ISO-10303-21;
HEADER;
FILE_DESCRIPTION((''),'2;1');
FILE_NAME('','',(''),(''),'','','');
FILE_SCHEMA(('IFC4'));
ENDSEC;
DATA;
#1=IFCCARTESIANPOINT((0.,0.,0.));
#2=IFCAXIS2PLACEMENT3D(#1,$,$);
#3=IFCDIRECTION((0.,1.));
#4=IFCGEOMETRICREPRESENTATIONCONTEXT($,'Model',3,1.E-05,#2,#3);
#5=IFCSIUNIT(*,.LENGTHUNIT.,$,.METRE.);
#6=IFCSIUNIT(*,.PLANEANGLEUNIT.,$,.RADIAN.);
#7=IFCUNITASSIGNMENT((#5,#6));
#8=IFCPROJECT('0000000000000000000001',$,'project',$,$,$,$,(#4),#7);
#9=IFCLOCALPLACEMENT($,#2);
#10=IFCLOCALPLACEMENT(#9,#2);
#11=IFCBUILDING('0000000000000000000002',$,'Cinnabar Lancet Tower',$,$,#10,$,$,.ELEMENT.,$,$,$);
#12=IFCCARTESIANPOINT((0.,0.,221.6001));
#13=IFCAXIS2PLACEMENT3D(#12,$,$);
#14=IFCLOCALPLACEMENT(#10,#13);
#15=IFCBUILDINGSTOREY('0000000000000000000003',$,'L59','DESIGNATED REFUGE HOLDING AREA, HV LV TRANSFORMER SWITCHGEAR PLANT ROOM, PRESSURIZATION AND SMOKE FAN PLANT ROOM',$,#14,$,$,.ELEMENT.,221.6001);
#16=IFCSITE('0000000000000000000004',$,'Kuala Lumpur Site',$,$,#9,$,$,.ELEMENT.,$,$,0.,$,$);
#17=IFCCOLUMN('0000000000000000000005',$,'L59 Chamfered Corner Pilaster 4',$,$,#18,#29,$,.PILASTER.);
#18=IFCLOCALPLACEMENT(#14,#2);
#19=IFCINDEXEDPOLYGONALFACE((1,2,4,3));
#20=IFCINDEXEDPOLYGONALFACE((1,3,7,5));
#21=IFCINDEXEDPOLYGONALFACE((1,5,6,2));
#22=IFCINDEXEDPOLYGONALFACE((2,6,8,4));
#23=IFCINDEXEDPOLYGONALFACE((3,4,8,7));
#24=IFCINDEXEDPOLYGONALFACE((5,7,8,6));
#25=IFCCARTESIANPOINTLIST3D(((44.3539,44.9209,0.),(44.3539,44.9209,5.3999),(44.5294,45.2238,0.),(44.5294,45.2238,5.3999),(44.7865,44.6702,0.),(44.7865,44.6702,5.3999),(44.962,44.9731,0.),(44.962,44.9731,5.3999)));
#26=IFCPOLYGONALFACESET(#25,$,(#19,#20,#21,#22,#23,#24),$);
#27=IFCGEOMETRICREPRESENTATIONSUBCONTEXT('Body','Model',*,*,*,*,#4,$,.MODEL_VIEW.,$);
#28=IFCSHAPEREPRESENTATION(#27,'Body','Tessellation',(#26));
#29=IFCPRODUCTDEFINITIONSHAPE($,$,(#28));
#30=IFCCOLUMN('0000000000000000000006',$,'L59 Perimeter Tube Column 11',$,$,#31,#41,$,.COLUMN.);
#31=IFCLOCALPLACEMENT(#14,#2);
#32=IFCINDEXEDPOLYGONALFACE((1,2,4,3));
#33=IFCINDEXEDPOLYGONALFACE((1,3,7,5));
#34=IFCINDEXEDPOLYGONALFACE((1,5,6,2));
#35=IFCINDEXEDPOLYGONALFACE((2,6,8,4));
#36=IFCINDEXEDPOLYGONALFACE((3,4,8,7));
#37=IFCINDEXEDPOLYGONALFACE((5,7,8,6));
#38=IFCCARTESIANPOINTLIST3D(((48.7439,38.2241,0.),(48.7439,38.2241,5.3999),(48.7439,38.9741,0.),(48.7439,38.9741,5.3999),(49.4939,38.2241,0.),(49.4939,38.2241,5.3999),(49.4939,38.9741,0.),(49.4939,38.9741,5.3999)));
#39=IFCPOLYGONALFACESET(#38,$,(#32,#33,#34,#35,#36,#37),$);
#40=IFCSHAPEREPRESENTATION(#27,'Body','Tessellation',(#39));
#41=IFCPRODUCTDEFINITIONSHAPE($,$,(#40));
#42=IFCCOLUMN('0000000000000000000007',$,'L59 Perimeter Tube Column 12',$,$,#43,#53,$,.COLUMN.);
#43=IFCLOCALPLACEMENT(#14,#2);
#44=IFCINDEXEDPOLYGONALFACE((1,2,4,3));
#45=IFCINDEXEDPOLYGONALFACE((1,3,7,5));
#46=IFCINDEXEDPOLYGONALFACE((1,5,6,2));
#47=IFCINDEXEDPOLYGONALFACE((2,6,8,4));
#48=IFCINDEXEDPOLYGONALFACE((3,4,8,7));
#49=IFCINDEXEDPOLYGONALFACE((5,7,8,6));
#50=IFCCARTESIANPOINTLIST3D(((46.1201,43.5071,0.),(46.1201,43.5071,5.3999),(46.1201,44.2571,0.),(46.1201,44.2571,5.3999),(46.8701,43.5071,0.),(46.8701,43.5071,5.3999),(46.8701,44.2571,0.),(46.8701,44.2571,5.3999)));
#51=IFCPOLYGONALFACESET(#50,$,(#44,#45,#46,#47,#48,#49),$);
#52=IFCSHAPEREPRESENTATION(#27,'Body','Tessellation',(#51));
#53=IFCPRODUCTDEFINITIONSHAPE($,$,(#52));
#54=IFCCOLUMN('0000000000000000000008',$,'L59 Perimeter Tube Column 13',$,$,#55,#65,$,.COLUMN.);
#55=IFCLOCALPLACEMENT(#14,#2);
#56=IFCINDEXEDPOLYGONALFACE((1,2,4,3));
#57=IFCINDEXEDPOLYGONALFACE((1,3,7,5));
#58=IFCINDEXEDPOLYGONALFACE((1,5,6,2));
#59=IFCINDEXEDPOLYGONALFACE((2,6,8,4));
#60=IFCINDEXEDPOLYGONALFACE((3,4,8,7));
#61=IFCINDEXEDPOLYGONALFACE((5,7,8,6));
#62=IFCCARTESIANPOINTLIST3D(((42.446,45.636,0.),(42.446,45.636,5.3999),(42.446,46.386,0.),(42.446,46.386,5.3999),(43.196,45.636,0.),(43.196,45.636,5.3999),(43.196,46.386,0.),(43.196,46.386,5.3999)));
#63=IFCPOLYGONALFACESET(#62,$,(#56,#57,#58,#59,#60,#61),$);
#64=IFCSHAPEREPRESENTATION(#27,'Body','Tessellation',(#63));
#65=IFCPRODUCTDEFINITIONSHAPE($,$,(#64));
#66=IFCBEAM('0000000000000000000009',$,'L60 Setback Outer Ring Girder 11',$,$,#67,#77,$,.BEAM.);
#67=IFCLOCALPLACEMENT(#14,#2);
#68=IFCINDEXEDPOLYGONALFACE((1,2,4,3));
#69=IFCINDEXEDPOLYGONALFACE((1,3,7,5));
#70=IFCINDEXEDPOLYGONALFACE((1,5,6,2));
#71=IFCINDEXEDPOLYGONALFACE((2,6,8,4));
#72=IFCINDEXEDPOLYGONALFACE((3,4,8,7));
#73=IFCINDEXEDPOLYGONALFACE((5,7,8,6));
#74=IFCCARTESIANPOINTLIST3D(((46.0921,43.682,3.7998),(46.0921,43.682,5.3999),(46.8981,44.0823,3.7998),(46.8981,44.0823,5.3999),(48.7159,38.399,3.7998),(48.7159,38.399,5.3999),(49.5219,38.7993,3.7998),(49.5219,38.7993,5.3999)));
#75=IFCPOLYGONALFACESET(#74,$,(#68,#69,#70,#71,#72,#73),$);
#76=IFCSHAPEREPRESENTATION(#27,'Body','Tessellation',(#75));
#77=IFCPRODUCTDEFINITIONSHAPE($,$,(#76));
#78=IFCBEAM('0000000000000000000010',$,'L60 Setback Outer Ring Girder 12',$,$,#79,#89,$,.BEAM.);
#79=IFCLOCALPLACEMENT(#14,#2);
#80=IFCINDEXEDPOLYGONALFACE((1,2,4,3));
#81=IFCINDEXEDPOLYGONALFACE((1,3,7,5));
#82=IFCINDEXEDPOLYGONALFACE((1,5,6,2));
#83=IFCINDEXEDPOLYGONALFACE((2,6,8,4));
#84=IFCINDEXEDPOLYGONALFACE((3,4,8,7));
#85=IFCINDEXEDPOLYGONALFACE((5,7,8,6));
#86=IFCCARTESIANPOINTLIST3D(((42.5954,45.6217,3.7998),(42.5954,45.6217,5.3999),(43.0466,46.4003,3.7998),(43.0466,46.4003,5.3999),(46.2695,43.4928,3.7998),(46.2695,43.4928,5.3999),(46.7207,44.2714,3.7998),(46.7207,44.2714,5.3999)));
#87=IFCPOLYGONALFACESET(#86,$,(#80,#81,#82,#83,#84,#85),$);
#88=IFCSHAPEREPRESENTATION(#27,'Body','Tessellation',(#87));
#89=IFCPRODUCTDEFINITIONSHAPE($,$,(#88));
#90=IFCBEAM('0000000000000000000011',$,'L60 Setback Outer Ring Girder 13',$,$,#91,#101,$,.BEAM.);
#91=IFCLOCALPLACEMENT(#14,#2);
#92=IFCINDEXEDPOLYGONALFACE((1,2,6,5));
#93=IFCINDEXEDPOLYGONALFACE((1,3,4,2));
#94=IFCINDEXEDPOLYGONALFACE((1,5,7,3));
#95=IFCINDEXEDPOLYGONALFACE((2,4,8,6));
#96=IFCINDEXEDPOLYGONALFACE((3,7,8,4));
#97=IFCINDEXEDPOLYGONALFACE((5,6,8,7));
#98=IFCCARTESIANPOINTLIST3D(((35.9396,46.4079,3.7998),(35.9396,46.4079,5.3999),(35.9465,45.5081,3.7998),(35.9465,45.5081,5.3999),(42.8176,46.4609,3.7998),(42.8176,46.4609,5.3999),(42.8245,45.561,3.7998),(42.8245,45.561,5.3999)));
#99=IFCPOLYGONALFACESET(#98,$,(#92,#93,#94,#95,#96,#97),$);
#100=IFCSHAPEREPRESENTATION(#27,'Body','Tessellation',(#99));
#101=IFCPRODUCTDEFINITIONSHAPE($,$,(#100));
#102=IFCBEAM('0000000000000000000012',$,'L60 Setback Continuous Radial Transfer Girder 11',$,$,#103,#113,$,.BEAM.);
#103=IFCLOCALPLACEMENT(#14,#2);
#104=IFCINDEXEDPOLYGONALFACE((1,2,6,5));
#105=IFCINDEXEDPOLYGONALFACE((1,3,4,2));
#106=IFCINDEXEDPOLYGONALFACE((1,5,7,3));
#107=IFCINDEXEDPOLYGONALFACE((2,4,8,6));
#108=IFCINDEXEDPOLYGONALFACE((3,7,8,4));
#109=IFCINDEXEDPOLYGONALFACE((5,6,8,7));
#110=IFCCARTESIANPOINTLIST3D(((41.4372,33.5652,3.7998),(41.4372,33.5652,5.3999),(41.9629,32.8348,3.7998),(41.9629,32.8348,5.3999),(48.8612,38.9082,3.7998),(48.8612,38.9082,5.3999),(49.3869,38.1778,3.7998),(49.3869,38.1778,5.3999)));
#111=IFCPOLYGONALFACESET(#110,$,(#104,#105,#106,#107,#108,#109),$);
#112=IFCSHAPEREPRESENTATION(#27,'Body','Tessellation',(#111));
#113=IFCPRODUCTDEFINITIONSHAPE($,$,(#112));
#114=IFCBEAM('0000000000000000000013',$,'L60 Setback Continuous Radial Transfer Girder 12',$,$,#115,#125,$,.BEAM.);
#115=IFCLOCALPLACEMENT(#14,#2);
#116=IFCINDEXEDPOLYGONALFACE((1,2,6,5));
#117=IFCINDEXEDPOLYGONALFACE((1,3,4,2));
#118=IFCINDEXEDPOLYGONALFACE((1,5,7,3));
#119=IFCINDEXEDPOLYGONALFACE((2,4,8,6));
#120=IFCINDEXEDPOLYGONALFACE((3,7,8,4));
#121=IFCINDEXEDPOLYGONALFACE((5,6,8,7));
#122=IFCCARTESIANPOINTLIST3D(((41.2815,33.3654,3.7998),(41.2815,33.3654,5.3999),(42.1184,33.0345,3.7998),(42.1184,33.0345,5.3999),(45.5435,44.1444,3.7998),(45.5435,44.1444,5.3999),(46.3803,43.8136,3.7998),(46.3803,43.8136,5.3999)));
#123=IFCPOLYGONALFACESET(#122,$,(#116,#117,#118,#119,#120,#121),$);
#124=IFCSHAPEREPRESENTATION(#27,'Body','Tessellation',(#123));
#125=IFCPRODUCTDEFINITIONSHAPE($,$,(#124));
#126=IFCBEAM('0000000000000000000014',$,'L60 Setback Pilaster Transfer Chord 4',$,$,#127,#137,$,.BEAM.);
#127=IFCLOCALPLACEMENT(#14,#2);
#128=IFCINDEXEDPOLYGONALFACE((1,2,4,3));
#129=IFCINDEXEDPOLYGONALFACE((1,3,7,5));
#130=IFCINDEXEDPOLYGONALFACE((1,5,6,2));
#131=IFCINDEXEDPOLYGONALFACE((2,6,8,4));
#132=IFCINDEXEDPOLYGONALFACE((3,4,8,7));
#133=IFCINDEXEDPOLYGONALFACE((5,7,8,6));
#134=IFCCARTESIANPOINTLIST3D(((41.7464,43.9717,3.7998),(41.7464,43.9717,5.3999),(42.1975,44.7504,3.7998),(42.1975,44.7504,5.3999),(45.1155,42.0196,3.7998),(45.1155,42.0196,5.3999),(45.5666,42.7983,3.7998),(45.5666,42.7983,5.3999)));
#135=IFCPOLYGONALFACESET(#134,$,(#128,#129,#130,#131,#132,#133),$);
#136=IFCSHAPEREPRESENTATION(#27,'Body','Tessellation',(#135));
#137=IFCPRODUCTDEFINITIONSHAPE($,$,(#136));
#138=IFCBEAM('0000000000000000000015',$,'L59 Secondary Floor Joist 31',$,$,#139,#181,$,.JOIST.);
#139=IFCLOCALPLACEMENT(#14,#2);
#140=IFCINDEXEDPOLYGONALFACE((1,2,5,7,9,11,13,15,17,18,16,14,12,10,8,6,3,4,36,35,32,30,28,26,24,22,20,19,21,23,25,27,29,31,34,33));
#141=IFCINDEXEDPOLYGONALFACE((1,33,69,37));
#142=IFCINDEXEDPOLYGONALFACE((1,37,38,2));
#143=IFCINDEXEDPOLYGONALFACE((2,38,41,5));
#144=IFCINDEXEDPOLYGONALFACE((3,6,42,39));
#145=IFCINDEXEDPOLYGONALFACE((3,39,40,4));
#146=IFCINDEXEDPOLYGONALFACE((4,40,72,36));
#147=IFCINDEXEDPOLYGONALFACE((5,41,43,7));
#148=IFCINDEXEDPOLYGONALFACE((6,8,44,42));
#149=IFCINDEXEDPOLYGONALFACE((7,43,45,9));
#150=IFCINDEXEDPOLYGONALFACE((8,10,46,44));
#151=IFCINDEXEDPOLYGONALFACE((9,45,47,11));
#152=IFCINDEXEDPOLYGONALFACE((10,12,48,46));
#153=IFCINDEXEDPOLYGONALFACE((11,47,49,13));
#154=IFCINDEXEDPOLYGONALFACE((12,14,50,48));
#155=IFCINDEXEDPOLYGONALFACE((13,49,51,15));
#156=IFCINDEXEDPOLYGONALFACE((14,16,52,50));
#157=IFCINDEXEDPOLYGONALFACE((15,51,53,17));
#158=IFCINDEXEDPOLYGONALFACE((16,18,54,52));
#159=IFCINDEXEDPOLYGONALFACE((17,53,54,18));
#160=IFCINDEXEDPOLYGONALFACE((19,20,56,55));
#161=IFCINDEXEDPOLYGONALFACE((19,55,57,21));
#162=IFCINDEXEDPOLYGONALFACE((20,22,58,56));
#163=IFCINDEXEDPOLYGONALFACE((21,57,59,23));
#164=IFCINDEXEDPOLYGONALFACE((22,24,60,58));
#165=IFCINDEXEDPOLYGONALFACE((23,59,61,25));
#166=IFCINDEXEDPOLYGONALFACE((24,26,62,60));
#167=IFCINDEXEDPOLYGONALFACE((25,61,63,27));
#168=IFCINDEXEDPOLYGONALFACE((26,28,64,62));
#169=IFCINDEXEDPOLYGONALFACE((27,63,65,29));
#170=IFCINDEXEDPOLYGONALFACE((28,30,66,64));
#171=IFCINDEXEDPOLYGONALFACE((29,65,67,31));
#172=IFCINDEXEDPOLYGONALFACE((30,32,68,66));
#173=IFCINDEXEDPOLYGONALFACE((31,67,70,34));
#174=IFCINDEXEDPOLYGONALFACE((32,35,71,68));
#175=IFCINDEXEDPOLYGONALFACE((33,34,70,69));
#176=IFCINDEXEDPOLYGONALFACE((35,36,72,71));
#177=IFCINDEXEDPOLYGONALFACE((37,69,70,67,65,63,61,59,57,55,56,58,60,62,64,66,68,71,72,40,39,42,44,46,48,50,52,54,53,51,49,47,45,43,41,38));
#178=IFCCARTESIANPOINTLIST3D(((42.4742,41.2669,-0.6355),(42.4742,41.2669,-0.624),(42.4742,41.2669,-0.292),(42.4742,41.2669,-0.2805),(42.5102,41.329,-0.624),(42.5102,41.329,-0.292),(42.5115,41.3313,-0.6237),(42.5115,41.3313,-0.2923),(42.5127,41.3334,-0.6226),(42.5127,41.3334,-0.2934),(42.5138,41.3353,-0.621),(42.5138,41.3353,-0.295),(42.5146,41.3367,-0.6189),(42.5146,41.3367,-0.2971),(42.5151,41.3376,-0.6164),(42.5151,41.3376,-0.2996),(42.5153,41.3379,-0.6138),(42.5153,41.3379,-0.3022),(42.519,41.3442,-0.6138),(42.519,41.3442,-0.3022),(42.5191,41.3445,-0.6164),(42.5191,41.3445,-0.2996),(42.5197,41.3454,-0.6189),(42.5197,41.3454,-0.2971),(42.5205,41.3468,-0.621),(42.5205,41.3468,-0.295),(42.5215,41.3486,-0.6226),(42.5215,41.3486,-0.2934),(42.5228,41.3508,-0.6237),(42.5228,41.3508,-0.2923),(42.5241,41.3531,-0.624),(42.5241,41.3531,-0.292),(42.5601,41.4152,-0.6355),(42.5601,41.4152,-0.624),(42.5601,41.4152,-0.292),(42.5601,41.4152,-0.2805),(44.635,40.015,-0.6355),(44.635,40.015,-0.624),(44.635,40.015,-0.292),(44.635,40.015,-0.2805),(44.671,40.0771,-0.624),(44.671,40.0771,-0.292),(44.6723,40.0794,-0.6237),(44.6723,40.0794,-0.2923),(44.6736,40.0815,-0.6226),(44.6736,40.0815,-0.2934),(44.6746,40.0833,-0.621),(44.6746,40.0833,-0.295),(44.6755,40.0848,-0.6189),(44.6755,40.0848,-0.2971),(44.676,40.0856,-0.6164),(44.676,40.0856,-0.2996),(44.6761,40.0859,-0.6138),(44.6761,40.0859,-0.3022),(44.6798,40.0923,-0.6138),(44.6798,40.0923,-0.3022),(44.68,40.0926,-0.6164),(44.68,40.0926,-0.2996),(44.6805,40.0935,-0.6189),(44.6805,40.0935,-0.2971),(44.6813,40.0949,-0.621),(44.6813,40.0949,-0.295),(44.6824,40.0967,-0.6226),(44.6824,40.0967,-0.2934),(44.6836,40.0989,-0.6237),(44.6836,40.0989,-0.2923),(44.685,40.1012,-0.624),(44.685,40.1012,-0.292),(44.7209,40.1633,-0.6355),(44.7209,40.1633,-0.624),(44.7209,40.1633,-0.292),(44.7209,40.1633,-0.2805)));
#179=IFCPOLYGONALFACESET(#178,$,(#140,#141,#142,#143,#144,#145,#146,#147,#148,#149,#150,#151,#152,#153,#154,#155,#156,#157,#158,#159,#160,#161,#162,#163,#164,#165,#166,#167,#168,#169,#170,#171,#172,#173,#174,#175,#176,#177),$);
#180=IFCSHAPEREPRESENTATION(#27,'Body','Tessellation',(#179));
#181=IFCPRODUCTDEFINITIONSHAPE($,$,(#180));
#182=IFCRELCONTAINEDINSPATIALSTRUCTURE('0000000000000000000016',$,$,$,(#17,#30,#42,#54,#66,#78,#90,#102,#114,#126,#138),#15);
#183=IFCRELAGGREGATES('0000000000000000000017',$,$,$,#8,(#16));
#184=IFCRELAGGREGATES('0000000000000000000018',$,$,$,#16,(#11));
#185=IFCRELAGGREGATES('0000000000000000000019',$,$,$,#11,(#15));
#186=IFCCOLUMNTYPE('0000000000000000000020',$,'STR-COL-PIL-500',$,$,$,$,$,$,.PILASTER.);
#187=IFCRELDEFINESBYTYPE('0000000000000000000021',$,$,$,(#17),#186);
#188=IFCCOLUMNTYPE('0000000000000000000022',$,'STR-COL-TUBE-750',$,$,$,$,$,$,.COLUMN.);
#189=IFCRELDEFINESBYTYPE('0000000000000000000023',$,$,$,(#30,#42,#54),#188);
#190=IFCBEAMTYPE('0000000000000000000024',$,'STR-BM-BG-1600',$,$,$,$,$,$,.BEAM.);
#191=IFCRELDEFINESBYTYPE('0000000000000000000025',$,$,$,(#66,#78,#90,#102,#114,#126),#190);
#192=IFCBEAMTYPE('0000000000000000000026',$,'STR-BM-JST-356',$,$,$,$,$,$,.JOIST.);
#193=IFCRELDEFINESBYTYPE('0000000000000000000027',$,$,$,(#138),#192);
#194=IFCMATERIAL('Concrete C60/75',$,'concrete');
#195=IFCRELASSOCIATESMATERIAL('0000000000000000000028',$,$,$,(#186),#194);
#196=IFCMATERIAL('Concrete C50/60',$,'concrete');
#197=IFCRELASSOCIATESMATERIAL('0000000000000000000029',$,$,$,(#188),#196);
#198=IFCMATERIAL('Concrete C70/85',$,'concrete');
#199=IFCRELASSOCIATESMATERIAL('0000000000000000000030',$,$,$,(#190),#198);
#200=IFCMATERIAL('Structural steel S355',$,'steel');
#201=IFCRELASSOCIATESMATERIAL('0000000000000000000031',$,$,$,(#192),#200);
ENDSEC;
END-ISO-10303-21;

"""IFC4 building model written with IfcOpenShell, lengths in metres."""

from ifc_helpers import new_model, si_unit, direction, frame, origin, origin_2d, place, context, subcontext, project, spatial, rectangle, i_section, extrude, material, material_profile, profile_set, type_object, element, save


model = new_model("IFC4")

# Units and contexts
model_context = context("Model", 3, precision=1e-05, world=origin(), true_north=direction((0.0, 1.0)))
body_context = subcontext(model_context, "Body", "Model", "MODEL_VIEW")
ifc_project = project(units=[si_unit("LENGTHUNIT", "METRE"), si_unit("PLANEANGLEUNIT", "RADIAN")], contexts=[model_context])

# Site, building, storey
site_placement = place(None, origin())
site = spatial("IfcSite", under=ifc_project, at=site_placement, Name="Kuala Lumpur Site", CompositionType="ELEMENT", RefElevation=0.0)
building_placement = place(site_placement, origin())
building = spatial("IfcBuilding", under=site, at=building_placement, Name="Cinnabar Lancet Tower", CompositionType="ELEMENT")
storey_placement = place(building_placement, frame((0.0, 0.0, 221.6001)))
storey = spatial("IfcBuildingStorey", under=building, at=storey_placement, Name="L59", Description="DESIGNATED REFUGE HOLDING AREA, HV LV TRANSFORMER SWITCHGEAR PLANT ROOM, PRESSURIZATION AND SMOKE FAN PLANT ROOM", CompositionType="ELEMENT", Elevation=221.6001)

# Columns
ifc_material_1 = material(Name="Concrete C60/75", Category="concrete")
ifc_material_profile_1 = material_profile(ifc_material_1, rectangle(XDim=0.5, YDim=0.3501, at=origin_2d()), Name="RC-PIL 500x350")
ifc_profile_set_1 = profile_set([ifc_material_profile_1], Name="Concrete C60/75")
column_type_1 = type_object("IfcColumnType", Name="STR-COL-PIL-500", PredefinedType="PILASTER", material=ifc_profile_set_1)
column_placement = place(storey_placement, frame((44.658, 44.947, 0.0), z_axis=(0.0, 0.0, 1.0), x_axis=(-0.86523, 0.501375, 0.0)))
element("IfcColumn", 1, at=column_placement, inside=storey, type_object=column_type_1, Name="L59 Chamfered Corner Pilaster 4", PredefinedType="PILASTER", context=body_context, shape_type="SweptSolid", body=[
    extrude(rectangle(XDim=0.5, YDim=0.3501, at=origin_2d()), origin(), (0.0, 0.0, 1.0), 5.3999),
])
ifc_material_2 = material(Name="Concrete C50/60", Category="concrete")
ifc_material_profile_2 = material_profile(ifc_material_2, rectangle(XDim=0.75, YDim=0.75, at=origin_2d()), Name="RC-COL 750x750")
ifc_profile_set_2 = profile_set([ifc_material_profile_2], Name="Concrete C50/60")
column_type_2 = type_object("IfcColumnType", Name="STR-COL-TUBE-750", PredefinedType="COLUMN", material=ifc_profile_set_2)
for number, where, z_axis, x_axis, name in (
    (2, (49.1189, 38.5991, 0.0), (0.0, 0.0, 1.0), (1.0, 0.0, 0.0), "L59 Perimeter Tube Column 11"),
    (3, (46.4951, 43.8821, 0.0), (0.0, 0.0, 1.0), (1.0, 0.0, 0.0), "L59 Perimeter Tube Column 12"),
    (4, (42.821, 46.011, 0.0), (0.0, 0.0, 1.0), (1.0, 0.0, 0.0), "L59 Perimeter Tube Column 13"),
):
    element("IfcColumn", number, at=place(storey_placement, frame(where, z_axis=z_axis, x_axis=x_axis)), inside=storey, type_object=column_type_2, Name=name, PredefinedType="COLUMN", context=body_context, shape_type="SweptSolid", body=[
        extrude(rectangle(XDim=0.75, YDim=0.75, at=origin_2d()), origin(), (0.0, 0.0, 1.0), 5.3999),
    ])

# Beams
ifc_material_3 = material(Name="Concrete C70/85", Category="concrete")
ifc_material_profile_3 = material_profile(ifc_material_3, rectangle(XDim=0.8999, YDim=1.6001, at=origin_2d()), Name="RC-BG 900x1600")
ifc_profile_set_3 = profile_set([ifc_material_profile_3], Name="Concrete C70/85")
beam_type_1 = type_object("IfcBeamType", Name="STR-BM-BG-1600", PredefinedType="BEAM", material=ifc_profile_set_3)
beam_1_placement = place(storey_placement, frame((49.1189, 38.5991, 4.5999), z_axis=(-0.444811, 0.895624, 0.0), x_axis=(-0.895624, -0.444811, 0.0)))
element("IfcBeam", 5, at=beam_1_placement, inside=storey, type_object=beam_type_1, Name="L60 Setback Outer Ring Girder 11", PredefinedType="BEAM", context=body_context, shape_type="SweptSolid", body=[
    extrude(rectangle(XDim=0.8999, YDim=1.6001, at=origin_2d()), origin(), (0.0, 0.0, 1.0), 5.8987),
])
beam_2_placement = place(storey_placement, frame((46.4951, 43.8821, 4.5999), z_axis=(-0.865241, 0.501356, 0.0), x_axis=(-0.501356, -0.865241, 0.0)))
element("IfcBeam", 6, at=beam_2_placement, inside=storey, type_object=beam_type_1, Name="L60 Setback Outer Ring Girder 12", PredefinedType="BEAM", context=body_context, shape_type="SweptSolid", body=[
    extrude(rectangle(XDim=0.8999, YDim=1.6001, at=origin_2d()), origin(), (0.0, 0.0, 1.0), 4.2463),
])
beam_3_placement = place(storey_placement, frame((42.821, 46.011, 4.5999), z_axis=(-0.99997, -0.007702, 0.0), x_axis=(0.007702, -0.99997, 0.0)))
element("IfcBeam", 7, at=beam_3_placement, inside=storey, type_object=beam_type_1, Name="L60 Setback Outer Ring Girder 13", PredefinedType="BEAM", context=body_context, shape_type="SweptSolid", body=[
    extrude(rectangle(XDim=0.8999, YDim=1.6001, at=origin_2d()), origin(), (0.0, 0.0, 1.0), 6.8782),
])
beam_4_placement = place(storey_placement, frame((49.124, 38.543, 4.5999), z_axis=(-0.811654, -0.584138, 0.0), x_axis=(0.584138, -0.811654, 0.0)))
element("IfcBeam", 8, at=beam_4_placement, inside=storey, type_object=beam_type_1, Name="L60 Setback Continuous Radial Transfer Girder 11", PredefinedType="BEAM", context=body_context, shape_type="SweptSolid", body=[
    extrude(rectangle(XDim=0.8999, YDim=1.6001, at=origin_2d()), origin(), (0.0, 0.0, 1.0), 9.1467),
])
beam_5_placement = place(storey_placement, frame((45.9619, 43.979, 4.5999), z_axis=(-0.367694, -0.929947, 0.0), x_axis=(0.929947, -0.367694, 0.0)))
element("IfcBeam", 9, at=beam_5_placement, inside=storey, type_object=beam_type_1, Name="L60 Setback Continuous Radial Transfer Girder 12", PredefinedType="BEAM", context=body_context, shape_type="SweptSolid", body=[
    extrude(rectangle(XDim=0.8999, YDim=1.6001, at=origin_2d()), origin(), (0.0, 0.0, 1.0), 11.5911),
])
beam_6_placement = place(storey_placement, frame((45.3411, 42.4089, 4.5999), z_axis=(-0.865249, 0.501343, 0.0), x_axis=(-0.501343, -0.865249, 0.0)))
element("IfcBeam", 10, at=beam_6_placement, inside=storey, type_object=beam_type_1, Name="L60 Setback Pilaster Transfer Chord 4", PredefinedType="BEAM", context=body_context, shape_type="SweptSolid", body=[
    extrude(rectangle(XDim=0.8999, YDim=1.6001, at=origin_2d()), origin(), (0.0, 0.0, 1.0), 3.8938),
])
ifc_material_4 = material(Name="Structural steel S355", Category="steel")
ifc_material_profile_4 = material_profile(ifc_material_4, i_section(OverallWidth=0.1714, OverallDepth=0.355, WebThickness=0.0073, FlangeThickness=0.0115, FilletRadius=0.0103, at=origin_2d()), Name="UKB 356x171x51")
ifc_profile_set_4 = profile_set([ifc_material_profile_4], Name="Structural steel S355")
beam_type_2 = type_object("IfcBeamType", Name="STR-BM-JST-356", PredefinedType="JOIST", material=ifc_profile_set_4)
beam_7_placement = place(storey_placement, frame((44.678, 40.0891, -0.458), z_axis=(-0.865268, 0.50131, 0.0), x_axis=(-0.50131, -0.865268, 0.0)))
element("IfcBeam", 11, at=beam_7_placement, inside=storey, type_object=beam_type_2, Name="L59 Secondary Floor Joist 31", PredefinedType="JOIST", context=body_context, shape_type="SweptSolid", body=[
    extrude(i_section(OverallWidth=0.1714, OverallDepth=0.355, WebThickness=0.0073, FlangeThickness=0.0115, FilletRadius=0.0103, at=origin_2d()), origin(), (0.0, 0.0, 1.0), 2.4973),
])

save(model, "model.ifc")
